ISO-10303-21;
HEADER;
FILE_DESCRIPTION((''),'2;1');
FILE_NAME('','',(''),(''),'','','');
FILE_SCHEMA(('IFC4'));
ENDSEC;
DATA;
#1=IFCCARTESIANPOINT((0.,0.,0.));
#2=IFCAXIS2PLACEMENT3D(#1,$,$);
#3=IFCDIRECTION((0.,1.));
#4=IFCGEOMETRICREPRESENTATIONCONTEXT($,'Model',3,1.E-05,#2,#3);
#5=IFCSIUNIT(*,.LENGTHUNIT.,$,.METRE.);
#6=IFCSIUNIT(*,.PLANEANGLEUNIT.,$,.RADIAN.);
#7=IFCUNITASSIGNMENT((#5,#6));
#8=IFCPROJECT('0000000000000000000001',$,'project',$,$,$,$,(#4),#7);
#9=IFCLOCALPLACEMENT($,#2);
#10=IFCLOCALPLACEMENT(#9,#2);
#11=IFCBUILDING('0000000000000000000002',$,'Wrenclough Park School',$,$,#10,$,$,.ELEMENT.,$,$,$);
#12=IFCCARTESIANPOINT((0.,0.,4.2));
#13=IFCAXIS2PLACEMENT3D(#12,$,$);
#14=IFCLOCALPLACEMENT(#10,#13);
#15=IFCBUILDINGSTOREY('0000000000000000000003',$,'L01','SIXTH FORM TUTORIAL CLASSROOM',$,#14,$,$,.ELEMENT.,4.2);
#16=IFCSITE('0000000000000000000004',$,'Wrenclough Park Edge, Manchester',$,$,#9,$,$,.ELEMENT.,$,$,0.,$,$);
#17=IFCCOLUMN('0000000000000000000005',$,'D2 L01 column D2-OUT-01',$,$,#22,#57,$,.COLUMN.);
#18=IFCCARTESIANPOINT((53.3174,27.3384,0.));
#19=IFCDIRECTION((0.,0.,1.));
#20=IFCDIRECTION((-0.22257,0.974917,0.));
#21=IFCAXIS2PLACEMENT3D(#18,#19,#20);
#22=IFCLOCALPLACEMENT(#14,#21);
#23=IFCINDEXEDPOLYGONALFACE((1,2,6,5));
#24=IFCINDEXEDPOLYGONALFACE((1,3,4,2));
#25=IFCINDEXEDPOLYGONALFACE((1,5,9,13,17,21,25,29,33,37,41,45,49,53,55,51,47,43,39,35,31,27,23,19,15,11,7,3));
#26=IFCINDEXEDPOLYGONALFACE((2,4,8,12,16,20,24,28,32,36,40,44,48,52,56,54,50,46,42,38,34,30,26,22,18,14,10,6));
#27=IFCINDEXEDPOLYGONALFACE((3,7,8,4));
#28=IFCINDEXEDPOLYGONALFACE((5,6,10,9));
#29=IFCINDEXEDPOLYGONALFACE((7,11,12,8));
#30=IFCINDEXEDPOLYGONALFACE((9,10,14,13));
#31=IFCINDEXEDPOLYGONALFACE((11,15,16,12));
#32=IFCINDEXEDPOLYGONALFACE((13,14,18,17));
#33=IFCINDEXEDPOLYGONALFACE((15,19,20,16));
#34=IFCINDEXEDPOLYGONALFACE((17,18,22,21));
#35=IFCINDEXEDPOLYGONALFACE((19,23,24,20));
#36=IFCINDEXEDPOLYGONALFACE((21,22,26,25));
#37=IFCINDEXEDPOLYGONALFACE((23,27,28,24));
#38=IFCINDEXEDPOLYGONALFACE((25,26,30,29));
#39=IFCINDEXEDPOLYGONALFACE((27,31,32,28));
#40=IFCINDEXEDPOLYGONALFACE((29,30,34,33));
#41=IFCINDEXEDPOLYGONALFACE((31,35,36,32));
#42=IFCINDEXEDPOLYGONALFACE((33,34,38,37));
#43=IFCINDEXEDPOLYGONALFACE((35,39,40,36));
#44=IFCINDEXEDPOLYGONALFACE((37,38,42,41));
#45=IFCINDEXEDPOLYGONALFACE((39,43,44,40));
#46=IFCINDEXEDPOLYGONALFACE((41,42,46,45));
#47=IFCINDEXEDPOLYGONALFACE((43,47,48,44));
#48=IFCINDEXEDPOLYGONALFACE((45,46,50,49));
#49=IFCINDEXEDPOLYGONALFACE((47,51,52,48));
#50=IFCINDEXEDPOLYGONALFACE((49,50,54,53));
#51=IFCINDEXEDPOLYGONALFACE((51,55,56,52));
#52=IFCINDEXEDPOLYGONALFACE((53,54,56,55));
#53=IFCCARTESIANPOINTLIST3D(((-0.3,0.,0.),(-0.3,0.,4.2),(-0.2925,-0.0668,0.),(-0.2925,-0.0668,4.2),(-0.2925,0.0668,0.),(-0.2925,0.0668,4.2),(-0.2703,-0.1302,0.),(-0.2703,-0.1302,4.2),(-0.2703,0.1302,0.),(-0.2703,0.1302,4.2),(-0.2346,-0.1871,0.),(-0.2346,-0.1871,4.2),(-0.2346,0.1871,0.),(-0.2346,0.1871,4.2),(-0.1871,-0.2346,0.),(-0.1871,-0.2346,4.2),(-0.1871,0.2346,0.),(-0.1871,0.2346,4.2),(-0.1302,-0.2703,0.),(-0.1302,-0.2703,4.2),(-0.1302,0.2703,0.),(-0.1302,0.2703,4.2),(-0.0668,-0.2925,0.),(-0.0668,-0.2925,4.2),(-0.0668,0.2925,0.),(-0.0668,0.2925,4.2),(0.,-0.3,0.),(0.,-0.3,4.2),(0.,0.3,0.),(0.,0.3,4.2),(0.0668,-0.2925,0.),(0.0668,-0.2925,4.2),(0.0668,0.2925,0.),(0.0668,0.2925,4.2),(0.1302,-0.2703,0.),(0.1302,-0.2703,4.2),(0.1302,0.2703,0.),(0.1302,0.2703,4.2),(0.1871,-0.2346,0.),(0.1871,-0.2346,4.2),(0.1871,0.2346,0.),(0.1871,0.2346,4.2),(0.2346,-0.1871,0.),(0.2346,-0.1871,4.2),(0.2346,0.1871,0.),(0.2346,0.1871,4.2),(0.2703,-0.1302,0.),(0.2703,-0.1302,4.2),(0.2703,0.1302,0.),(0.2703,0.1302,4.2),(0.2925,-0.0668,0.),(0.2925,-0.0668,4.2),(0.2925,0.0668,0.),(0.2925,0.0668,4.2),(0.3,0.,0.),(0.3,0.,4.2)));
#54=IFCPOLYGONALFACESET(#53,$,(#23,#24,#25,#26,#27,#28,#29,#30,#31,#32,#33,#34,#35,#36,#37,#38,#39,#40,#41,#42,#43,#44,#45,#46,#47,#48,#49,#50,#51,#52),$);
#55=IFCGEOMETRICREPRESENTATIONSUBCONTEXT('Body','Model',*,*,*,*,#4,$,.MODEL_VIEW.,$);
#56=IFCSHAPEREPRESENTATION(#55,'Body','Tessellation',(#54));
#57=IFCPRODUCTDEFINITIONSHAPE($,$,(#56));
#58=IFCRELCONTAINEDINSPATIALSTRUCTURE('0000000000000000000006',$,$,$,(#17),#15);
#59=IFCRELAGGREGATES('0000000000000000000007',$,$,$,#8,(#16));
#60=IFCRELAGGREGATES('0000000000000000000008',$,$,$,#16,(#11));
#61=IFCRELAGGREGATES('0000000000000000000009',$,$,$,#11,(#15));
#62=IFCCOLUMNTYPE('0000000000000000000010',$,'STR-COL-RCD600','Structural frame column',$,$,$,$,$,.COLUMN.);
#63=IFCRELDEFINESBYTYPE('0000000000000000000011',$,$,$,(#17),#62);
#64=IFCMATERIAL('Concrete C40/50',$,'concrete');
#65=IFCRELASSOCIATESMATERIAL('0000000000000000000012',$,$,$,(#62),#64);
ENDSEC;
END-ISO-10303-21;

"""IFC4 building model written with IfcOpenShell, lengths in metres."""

from ifc_helpers import new_model, si_unit, direction, frame, origin, origin_2d, place, context, subcontext, project, spatial, circle, extrude, material, material_profile, profile_set, type_object, element, save


model = new_model("IFC4")

# Units and contexts
model_context = context("Model", 3, precision=1e-05, world=origin(), true_north=direction((0.0, 1.0)))
body_context = subcontext(model_context, "Body", "Model", "MODEL_VIEW")
ifc_project = project(units=[si_unit("LENGTHUNIT", "METRE"), si_unit("PLANEANGLEUNIT", "RADIAN")], contexts=[model_context])

# Site, building, storey
site_placement = place(None, origin())
site = spatial("IfcSite", under=ifc_project, at=site_placement, Name="Wrenclough Park Edge, Manchester", CompositionType="ELEMENT", RefElevation=0.0)
building_placement = place(site_placement, origin())
building = spatial("IfcBuilding", under=site, at=building_placement, Name="Wrenclough Park School", CompositionType="ELEMENT")
storey_placement = place(building_placement, frame((0.0, 0.0, 4.2)))
storey = spatial("IfcBuildingStorey", under=building, at=storey_placement, Name="L01", Description="SIXTH FORM TUTORIAL CLASSROOM", CompositionType="ELEMENT", Elevation=4.2)

# Column
ifc_material_1 = material(Name="Concrete C40/50", Category="concrete")
ifc_material_profile_1 = material_profile(ifc_material_1, circle(Radius=0.3, at=origin_2d()), Name="RC COL D600")
ifc_profile_set_1 = profile_set([ifc_material_profile_1], Name="Concrete C40/50")
column_type_1 = type_object("IfcColumnType", Name="STR-COL-RCD600", Description="Structural frame column", PredefinedType="COLUMN", material=ifc_profile_set_1)
column_1_placement = place(storey_placement, frame((53.3174, 27.3384, 0.0), z_axis=(0.0, 0.0, 1.0), x_axis=(-0.22257, 0.974917, 0.0)))
element("IfcColumn", 1, at=column_1_placement, inside=storey, type_object=column_type_1, Name="D2 L01 column D2-OUT-01", PredefinedType="COLUMN", context=body_context, shape_type="SweptSolid", body=[
    extrude(circle(Radius=0.3, at=origin_2d()), origin(), (0.0, 0.0, 1.0), 4.2),
])

save(model, "model.ifc")
